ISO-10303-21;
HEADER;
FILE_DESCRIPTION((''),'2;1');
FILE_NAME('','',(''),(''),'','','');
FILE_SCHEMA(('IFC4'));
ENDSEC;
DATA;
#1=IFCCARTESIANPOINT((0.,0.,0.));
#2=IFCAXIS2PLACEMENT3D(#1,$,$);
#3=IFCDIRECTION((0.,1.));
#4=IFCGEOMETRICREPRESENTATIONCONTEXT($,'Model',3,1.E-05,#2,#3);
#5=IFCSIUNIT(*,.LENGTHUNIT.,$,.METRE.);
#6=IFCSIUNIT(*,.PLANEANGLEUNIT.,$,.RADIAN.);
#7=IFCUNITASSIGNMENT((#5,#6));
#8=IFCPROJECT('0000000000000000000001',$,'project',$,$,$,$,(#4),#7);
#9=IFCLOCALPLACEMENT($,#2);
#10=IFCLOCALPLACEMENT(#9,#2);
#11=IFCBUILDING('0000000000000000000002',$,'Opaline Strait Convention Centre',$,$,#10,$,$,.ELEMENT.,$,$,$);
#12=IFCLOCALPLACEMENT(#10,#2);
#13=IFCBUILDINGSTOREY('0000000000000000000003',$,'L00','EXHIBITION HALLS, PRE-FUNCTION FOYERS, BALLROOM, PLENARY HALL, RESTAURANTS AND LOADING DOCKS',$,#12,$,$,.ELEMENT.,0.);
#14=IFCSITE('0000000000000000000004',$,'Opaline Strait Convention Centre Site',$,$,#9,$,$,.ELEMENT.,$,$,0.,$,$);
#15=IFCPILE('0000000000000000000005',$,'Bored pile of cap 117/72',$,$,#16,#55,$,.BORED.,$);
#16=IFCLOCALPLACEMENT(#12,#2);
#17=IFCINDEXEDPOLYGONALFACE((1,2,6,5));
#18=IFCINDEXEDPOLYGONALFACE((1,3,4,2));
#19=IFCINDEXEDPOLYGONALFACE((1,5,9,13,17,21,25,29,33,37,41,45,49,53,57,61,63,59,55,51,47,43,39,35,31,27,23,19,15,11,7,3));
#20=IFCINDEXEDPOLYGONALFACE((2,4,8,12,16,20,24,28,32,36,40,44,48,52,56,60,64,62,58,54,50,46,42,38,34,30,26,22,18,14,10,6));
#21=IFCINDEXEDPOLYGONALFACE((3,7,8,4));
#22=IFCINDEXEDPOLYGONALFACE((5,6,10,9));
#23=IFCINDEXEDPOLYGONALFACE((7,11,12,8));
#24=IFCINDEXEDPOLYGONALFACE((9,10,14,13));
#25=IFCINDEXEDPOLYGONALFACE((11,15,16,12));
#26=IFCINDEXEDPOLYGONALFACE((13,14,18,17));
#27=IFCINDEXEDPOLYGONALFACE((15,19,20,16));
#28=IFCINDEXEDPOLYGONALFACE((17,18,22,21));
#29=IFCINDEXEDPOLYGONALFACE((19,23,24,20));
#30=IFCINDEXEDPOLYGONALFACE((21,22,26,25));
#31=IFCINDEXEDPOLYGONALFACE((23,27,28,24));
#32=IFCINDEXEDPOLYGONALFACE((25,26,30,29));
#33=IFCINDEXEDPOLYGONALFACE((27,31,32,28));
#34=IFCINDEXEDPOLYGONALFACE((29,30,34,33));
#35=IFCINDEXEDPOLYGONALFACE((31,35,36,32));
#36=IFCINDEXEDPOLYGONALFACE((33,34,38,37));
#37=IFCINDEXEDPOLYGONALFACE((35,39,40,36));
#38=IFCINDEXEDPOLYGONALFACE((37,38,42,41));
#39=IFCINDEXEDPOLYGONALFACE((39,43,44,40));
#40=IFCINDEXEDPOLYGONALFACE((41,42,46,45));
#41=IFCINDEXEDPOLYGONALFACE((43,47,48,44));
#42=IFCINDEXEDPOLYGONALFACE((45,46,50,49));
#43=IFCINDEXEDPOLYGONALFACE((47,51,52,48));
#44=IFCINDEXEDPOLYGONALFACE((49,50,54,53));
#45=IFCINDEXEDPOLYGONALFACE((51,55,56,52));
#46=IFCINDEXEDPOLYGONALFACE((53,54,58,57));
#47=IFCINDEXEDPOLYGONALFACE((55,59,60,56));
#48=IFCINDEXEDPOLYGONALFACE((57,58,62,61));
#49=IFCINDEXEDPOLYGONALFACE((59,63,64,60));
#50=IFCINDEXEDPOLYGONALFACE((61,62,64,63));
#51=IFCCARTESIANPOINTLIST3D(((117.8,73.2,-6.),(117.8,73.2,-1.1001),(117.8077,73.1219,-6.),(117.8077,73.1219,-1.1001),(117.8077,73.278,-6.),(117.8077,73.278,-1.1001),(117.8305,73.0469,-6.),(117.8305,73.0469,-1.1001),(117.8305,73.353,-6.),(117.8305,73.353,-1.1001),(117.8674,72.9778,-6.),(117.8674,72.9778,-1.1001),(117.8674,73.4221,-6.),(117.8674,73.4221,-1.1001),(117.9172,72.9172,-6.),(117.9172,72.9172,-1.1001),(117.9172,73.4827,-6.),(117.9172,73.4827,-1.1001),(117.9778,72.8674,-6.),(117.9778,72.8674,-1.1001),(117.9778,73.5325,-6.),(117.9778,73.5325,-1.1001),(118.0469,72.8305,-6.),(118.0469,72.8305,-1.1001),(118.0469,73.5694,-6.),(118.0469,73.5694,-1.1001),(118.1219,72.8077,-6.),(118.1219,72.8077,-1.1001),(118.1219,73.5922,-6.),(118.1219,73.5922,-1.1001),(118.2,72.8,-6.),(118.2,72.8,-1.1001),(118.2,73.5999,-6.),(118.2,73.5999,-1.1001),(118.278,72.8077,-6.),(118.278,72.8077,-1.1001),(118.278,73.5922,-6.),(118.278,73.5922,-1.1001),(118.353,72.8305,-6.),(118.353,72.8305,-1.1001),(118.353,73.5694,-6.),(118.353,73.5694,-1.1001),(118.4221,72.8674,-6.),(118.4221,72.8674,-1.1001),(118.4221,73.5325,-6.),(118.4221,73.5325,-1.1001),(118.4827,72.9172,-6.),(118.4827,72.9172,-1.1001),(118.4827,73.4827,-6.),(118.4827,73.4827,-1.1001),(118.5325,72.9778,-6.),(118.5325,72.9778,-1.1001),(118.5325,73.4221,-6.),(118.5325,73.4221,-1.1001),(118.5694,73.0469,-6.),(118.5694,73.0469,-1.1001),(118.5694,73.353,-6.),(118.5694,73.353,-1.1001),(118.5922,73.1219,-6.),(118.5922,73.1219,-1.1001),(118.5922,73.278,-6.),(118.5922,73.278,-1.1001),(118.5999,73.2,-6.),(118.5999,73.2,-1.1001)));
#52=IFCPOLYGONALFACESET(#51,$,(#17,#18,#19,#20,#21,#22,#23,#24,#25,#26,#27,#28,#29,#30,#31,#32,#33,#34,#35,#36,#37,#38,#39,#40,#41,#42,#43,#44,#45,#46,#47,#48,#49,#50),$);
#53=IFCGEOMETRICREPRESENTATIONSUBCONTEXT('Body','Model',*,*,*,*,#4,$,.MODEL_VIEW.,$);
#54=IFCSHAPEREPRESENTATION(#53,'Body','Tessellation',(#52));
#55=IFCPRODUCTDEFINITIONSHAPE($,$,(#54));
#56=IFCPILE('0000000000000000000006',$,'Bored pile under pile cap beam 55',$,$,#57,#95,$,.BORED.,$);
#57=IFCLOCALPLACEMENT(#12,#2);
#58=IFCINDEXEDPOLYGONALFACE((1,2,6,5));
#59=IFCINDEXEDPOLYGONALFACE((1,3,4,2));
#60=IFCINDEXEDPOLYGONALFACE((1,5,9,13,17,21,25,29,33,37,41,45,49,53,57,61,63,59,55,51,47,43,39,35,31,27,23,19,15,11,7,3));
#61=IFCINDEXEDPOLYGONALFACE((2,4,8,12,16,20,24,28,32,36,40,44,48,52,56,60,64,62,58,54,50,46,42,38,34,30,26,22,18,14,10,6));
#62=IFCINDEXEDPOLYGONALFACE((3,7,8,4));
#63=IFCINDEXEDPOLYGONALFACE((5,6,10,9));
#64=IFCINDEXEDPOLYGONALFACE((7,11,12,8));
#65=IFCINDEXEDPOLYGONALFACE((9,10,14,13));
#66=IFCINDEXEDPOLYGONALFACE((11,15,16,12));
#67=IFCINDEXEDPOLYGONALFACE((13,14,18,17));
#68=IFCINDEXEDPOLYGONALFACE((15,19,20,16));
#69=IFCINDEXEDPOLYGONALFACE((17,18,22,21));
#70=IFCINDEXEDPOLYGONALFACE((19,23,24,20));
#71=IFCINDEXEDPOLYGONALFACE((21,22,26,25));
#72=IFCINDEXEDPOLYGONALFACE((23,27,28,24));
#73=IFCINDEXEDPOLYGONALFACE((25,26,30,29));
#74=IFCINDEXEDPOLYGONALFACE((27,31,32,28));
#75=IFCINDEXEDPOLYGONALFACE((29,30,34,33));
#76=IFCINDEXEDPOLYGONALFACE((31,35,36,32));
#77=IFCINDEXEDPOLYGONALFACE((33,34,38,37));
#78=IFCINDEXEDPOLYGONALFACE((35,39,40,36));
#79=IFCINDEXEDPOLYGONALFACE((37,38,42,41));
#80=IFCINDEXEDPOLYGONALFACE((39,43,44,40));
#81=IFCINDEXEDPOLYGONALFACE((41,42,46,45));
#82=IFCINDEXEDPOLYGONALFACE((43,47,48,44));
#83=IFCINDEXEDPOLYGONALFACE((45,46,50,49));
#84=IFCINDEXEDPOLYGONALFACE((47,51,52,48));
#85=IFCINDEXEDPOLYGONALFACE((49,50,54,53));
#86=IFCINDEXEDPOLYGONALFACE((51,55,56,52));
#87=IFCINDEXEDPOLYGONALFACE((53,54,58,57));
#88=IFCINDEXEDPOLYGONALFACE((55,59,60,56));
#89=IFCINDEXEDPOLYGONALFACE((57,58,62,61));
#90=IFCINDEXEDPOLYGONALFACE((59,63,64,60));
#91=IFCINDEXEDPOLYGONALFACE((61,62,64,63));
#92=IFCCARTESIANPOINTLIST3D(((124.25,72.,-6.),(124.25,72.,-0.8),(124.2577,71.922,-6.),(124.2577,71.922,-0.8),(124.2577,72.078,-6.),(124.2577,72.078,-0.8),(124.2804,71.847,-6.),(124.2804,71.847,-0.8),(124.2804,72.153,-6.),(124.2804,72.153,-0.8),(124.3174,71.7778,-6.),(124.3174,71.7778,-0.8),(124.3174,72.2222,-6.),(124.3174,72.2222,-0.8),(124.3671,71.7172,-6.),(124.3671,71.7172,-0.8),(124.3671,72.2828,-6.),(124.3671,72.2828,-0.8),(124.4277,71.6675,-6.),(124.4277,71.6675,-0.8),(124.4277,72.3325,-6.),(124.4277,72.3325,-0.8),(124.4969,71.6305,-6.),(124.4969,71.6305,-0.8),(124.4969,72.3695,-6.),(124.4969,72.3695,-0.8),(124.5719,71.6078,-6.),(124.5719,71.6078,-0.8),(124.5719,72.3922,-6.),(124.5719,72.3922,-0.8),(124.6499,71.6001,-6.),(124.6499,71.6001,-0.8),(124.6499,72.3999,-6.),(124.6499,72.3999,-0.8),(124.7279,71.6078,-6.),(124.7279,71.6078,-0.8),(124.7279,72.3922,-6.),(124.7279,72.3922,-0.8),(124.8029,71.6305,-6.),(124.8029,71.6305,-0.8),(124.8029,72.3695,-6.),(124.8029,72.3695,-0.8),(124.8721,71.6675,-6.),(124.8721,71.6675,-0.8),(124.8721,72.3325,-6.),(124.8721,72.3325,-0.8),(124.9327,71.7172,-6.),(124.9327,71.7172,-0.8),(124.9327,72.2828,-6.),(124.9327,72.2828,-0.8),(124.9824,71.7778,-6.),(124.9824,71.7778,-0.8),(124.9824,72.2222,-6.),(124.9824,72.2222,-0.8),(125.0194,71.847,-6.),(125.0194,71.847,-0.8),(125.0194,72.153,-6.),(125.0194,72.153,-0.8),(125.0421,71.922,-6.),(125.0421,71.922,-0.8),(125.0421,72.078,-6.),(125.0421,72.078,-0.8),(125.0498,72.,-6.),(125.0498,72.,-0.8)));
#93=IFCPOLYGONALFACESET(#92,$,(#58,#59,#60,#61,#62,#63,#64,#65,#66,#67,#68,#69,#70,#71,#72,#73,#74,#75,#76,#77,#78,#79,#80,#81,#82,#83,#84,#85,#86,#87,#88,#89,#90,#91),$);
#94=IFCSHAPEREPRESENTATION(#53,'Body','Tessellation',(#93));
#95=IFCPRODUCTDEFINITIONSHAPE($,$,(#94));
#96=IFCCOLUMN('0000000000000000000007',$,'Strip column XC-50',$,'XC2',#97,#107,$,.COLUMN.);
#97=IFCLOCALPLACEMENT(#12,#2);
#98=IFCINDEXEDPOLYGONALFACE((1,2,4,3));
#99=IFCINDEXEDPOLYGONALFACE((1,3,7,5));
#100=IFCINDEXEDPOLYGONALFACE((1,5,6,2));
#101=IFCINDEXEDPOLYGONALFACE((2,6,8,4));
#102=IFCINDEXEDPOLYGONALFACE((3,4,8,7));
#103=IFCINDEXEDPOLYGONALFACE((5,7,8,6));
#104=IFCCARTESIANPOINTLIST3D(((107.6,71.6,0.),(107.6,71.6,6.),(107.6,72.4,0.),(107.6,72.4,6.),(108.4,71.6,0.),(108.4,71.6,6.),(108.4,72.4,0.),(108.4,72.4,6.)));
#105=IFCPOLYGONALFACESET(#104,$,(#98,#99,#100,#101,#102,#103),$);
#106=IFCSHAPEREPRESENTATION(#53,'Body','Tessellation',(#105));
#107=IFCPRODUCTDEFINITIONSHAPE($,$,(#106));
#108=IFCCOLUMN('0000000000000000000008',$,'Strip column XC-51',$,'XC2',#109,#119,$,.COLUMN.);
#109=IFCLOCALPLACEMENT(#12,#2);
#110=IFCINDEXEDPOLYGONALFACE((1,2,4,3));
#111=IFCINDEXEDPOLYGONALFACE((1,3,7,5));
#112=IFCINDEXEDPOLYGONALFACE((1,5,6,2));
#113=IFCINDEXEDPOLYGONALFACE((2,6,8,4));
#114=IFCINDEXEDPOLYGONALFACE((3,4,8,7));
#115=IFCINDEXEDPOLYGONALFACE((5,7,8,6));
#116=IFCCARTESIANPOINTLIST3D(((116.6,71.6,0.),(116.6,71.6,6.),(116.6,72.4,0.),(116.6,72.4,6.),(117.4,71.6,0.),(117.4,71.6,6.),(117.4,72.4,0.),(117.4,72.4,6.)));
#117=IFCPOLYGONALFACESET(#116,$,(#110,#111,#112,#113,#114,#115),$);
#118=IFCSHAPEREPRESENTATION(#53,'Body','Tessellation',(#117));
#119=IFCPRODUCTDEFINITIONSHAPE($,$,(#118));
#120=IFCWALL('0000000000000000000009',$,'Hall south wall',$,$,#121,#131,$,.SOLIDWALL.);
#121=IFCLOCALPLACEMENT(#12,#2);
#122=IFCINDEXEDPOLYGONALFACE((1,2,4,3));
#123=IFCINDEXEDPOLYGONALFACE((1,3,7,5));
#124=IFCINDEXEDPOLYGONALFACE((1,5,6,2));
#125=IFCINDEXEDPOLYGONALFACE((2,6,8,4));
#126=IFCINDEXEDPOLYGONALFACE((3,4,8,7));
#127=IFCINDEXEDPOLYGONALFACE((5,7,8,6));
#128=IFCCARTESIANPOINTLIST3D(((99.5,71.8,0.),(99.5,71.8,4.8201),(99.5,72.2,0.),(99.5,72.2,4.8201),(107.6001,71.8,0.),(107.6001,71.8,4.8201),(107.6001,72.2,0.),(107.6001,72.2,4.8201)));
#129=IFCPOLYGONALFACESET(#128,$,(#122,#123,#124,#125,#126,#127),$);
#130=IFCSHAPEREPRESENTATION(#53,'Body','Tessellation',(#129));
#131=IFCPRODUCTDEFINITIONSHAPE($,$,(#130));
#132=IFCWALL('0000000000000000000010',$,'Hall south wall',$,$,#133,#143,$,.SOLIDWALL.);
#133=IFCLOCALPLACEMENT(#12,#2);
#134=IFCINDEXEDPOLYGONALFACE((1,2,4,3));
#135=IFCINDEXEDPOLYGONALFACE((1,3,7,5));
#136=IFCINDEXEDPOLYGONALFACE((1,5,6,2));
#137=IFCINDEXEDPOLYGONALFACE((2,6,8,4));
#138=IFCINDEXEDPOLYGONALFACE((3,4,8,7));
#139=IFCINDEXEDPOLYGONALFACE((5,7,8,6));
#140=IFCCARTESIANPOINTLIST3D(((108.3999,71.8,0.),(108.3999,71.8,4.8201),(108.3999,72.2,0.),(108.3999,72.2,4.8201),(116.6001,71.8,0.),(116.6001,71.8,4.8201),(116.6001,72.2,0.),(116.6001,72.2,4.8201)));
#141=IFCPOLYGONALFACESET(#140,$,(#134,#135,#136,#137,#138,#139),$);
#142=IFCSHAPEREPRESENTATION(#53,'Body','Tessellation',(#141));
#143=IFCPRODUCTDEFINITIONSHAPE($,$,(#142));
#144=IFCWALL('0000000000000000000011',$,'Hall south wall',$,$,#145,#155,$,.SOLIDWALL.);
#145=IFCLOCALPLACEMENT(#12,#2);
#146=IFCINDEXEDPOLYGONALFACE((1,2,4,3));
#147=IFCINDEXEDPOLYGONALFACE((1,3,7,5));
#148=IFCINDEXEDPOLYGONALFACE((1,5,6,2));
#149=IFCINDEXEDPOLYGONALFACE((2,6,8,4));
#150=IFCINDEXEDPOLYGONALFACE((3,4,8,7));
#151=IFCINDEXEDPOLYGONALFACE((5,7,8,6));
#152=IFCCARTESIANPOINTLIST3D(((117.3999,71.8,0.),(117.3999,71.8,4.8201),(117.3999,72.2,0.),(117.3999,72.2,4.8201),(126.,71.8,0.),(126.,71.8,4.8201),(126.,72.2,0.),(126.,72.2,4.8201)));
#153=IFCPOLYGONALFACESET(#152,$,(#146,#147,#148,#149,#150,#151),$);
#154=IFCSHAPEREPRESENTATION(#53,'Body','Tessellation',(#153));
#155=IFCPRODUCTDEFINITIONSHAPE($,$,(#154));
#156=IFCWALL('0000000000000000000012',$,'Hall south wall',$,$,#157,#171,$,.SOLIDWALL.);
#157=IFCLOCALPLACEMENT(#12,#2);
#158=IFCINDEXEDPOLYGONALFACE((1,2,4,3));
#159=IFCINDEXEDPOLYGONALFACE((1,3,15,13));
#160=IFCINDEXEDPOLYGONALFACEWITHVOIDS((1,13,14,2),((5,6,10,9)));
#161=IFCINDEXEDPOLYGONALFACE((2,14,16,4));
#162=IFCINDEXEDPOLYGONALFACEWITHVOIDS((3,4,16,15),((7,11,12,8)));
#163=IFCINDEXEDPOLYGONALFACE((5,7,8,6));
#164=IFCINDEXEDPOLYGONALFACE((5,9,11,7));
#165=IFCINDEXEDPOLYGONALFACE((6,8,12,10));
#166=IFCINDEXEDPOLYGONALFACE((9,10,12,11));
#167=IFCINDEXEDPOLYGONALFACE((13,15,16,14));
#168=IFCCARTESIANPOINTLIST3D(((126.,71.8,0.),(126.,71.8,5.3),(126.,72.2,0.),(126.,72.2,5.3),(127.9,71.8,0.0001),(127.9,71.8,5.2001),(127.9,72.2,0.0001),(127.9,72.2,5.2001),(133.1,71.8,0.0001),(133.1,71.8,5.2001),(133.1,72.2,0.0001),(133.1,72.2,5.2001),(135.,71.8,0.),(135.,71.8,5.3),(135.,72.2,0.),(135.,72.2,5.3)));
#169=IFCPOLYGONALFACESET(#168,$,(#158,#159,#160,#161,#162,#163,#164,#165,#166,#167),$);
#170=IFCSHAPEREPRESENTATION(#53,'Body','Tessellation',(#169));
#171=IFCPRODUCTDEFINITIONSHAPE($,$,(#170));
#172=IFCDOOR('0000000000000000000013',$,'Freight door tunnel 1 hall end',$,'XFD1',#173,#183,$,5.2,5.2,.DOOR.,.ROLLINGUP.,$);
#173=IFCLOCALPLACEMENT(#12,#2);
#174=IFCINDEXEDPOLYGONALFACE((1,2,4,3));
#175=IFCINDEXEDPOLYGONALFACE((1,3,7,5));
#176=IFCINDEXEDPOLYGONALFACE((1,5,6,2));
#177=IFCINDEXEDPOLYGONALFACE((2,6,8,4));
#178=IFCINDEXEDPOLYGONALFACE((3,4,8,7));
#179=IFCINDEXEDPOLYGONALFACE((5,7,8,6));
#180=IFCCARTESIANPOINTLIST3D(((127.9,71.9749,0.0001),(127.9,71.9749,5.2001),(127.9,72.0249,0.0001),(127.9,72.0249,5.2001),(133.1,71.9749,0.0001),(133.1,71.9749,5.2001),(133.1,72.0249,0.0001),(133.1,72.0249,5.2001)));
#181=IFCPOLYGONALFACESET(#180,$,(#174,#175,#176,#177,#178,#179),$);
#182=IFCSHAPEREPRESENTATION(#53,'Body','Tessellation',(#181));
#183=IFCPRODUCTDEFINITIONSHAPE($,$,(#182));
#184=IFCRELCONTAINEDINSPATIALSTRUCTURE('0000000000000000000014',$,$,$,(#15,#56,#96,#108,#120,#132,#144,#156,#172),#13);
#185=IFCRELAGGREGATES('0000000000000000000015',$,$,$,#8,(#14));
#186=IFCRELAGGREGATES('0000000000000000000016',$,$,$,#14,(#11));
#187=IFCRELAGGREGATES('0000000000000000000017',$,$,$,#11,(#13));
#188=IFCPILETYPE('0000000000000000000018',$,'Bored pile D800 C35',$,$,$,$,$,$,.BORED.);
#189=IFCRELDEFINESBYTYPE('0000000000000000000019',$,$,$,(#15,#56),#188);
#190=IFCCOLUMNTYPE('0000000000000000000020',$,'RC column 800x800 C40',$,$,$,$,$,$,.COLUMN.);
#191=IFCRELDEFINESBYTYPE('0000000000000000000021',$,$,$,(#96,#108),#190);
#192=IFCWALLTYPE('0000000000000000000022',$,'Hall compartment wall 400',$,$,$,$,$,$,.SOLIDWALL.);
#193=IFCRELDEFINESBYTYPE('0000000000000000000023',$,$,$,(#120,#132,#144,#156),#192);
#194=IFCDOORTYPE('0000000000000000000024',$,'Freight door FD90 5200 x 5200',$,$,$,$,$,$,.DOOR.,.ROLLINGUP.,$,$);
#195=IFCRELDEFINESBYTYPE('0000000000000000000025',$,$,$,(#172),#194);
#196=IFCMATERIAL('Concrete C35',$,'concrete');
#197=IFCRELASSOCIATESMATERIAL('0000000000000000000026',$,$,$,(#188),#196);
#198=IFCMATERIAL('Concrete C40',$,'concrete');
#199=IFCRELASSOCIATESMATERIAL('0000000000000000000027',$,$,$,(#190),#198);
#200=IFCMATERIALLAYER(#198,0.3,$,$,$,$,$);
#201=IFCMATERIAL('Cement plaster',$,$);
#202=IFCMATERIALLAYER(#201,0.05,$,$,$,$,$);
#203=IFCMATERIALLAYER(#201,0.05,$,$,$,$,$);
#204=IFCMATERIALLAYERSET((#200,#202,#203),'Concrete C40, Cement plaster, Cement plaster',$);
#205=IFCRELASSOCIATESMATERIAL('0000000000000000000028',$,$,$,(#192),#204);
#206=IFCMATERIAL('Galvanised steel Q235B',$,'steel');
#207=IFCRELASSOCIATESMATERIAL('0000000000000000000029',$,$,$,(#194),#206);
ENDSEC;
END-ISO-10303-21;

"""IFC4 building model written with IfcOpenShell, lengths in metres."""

from ifc_helpers import new_model, si_unit, direction, frame, frame_2d, origin, origin_2d, place, context, subcontext, project, spatial, rectangle, circle, extrude, material, layer, layer_set, material_profile, profile_set, type_object, element, fill, save


model = new_model("IFC4")

# Units and contexts
model_context = context("Model", 3, precision=1e-05, world=origin(), true_north=direction((0.0, 1.0)))
body_context = subcontext(model_context, "Body", "Model", "MODEL_VIEW")
ifc_project = project(units=[si_unit("LENGTHUNIT", "METRE"), si_unit("PLANEANGLEUNIT", "RADIAN")], contexts=[model_context])

# Site, building, storey
site_placement = place(None, origin())
site = spatial("IfcSite", under=ifc_project, at=site_placement, Name="Opaline Strait Convention Centre Site", CompositionType="ELEMENT", RefElevation=0.0)
building_placement = place(site_placement, origin())
building = spatial("IfcBuilding", under=site, at=building_placement, Name="Opaline Strait Convention Centre", CompositionType="ELEMENT")
storey_placement = place(building_placement, origin())
storey = spatial("IfcBuildingStorey", under=building, at=storey_placement, Name="L00", Description="EXHIBITION HALLS, PRE-FUNCTION FOYERS, BALLROOM, PLENARY HALL, RESTAURANTS AND LOADING DOCKS", CompositionType="ELEMENT", Elevation=0.0)

# Piles
ifc_material_1 = material(Name="Concrete C35", Category="concrete")
ifc_material_profile_1 = material_profile(ifc_material_1, circle(Radius=0.3999, at=origin_2d()), Name="D800")
ifc_profile_set_1 = profile_set([ifc_material_profile_1], Name="Concrete C35")
pile_type_1 = type_object("IfcPileType", Name="Bored pile D800 C35", PredefinedType="BORED", material=ifc_profile_set_1)
for number, where, z_axis, x_axis, name in (
    (1, (118.2, 73.2, -1.1001), (0.0, 0.0, -1.0), (1.0, 0.0, 0.0), "Bored pile of cap 117/72"),
):
    element("IfcPile", number, at=place(storey_placement, frame(where, z_axis=z_axis, x_axis=x_axis)), inside=storey, type_object=pile_type_1, Name=name, PredefinedType="BORED", context=body_context, shape_type="SweptSolid", body=[
        extrude(circle(Radius=0.3999, at=origin_2d()), origin(), (0.0, 0.0, 1.0), 4.8999),
    ])
pile_placement = place(storey_placement, frame((124.6499, 72.0, -0.8), z_axis=(0.0, 0.0, -1.0), x_axis=(1.0, 0.0, 0.0)))
element("IfcPile", 2, at=pile_placement, inside=storey, type_object=pile_type_1, Name="Bored pile under pile cap beam 55", PredefinedType="BORED", context=body_context, shape_type="SweptSolid", body=[
    extrude(circle(Radius=0.3999, at=origin_2d()), origin(), (0.0, 0.0, 1.0), 5.2),
])

# Columns
ifc_material_2 = material(Name="Concrete C40", Category="concrete")
ifc_material_profile_2 = material_profile(ifc_material_2, rectangle(XDim=0.8, YDim=0.8, at=origin_2d()), Name="RC 800x800")
ifc_profile_set_2 = profile_set([ifc_material_profile_2], Name="Concrete C40")
column_type = type_object("IfcColumnType", Name="RC column 800x800 C40", PredefinedType="COLUMN", material=ifc_profile_set_2)
for number, where, z_axis, x_axis, name in (
    (3, (108.0, 72.0, 0.0), (0.0, 0.0, 1.0), (1.0, 0.0, 0.0), "Strip column XC-50"),
    (4, (117.0, 72.0, 0.0), (0.0, 0.0, 1.0), (1.0, 0.0, 0.0), "Strip column XC-51"),
):
    element("IfcColumn", number, at=place(storey_placement, frame(where, z_axis=z_axis, x_axis=x_axis)), inside=storey, type_object=column_type, Name=name, ObjectType="XC2", PredefinedType="COLUMN", context=body_context, shape_type="SweptSolid", body=[
        extrude(rectangle(XDim=0.8, YDim=0.8, at=origin_2d()), origin(), (0.0, 0.0, 1.0), 6.0),
    ])

# Walls
ifc_layer_1 = layer(ifc_material_2, 0.3)
ifc_material_3 = material(Name="Cement plaster")
ifc_layer_2 = layer(ifc_material_3, 0.05)
ifc_layer_3 = layer(ifc_material_3, 0.05)
ifc_layer_set_1 = layer_set([ifc_layer_1, ifc_layer_2, ifc_layer_3], Name="Concrete C40, Cement plaster, Cement plaster")
wall_type_1 = type_object("IfcWallType", Name="Hall compartment wall 400", PredefinedType="SOLIDWALL", material=ifc_layer_set_1)
wall_1_placement = place(storey_placement, frame((99.5, 72.0, 0.0), z_axis=(0.0, 0.0, 1.0), x_axis=(1.0, 0.0, 0.0)))
element("IfcWall", 5, at=wall_1_placement, inside=storey, type_object=wall_type_1, Name="Hall south wall", PredefinedType="SOLIDWALL", context=body_context, shape_type="SweptSolid", body=[
    extrude(rectangle(XDim=8.1001, YDim=0.3999, at=frame_2d((4.05, 0.0))), origin(), (0.0, 0.0, 1.0), 4.8201),
])
wall_2_placement = place(storey_placement, frame((108.3999, 72.0, 0.0), z_axis=(0.0, 0.0, 1.0), x_axis=(1.0, 0.0, 0.0)))
element("IfcWall", 6, at=wall_2_placement, inside=storey, type_object=wall_type_1, Name="Hall south wall", PredefinedType="SOLIDWALL", context=body_context, shape_type="SweptSolid", body=[
    extrude(rectangle(XDim=8.2002, YDim=0.3999, at=frame_2d((4.1001, 0.0))), origin(), (0.0, 0.0, 1.0), 4.8201),
])
wall_3_placement = place(storey_placement, frame((117.3999, 72.0, 0.0), z_axis=(0.0, 0.0, 1.0), x_axis=(1.0, 0.0, 0.0)))
element("IfcWall", 7, at=wall_3_placement, inside=storey, type_object=wall_type_1, Name="Hall south wall", PredefinedType="SOLIDWALL", context=body_context, shape_type="SweptSolid", body=[
    extrude(rectangle(XDim=8.6001, YDim=0.3999, at=frame_2d((4.3, 0.0))), origin(), (0.0, 0.0, 1.0), 4.8201),
])

# Wall, opening, door
wall_4_placement = place(storey_placement, frame((126.0, 72.0, 0.0), z_axis=(0.0, 0.0, 1.0), x_axis=(1.0, 0.0, 0.0)))
wall_4 = element("IfcWall", 8, at=wall_4_placement, inside=storey, type_object=wall_type_1, Name="Hall south wall", PredefinedType="SOLIDWALL", context=body_context, shape_type="SweptSolid", body=[
    extrude(rectangle(XDim=9.0, YDim=0.3999, at=frame_2d((4.5, 0.0))), origin(), (0.0, 0.0, 1.0), 5.3),
])
opening_1_placement = place(wall_4_placement, frame((1.8999, 0.0, 0.0)))
opening_1 = element("IfcOpeningElement", 9, at=opening_1_placement, cuts=wall_4, PredefinedType="OPENING", context=body_context, shape_type="SweptSolid", body=[
    extrude(rectangle(XDim=5.2, YDim=5.2, at=frame_2d((2.6001, 2.6001))), frame((0.0, 0.21, 0.0), z_axis=(0.0, -1.0, 0.0), x_axis=(1.0, 0.0, 0.0)), (0.0, 0.0, 1.0), 0.4199),
])
ifc_material_4 = material(Name="Galvanised steel Q235B", Category="steel")
door_type_1 = type_object("IfcDoorType", Name="Freight door FD90 5200 x 5200", OperationType="ROLLINGUP", PredefinedType="DOOR", material=ifc_material_4)
door_1_placement = place(opening_1_placement, origin())
door_1 = element("IfcDoor", 10, at=door_1_placement, inside=storey, type_object=door_type_1, Name="Freight door tunnel 1 hall end", ObjectType="XFD1", OperationType="ROLLINGUP", OverallHeight=5.2, OverallWidth=5.2, PredefinedType="DOOR", context=body_context, shape_type="SweptSolid", body=[
    extrude(rectangle(XDim=5.2, YDim=5.2, at=frame_2d((2.6001, 2.6001))), frame((0.0, 0.0249, 0.0), z_axis=(0.0, -1.0, 0.0), x_axis=(1.0, 0.0, 0.0)), (0.0, 0.0, 1.0), 0.05),
])
fill(opening_1, door_1)

save(model, "model.ifc")
